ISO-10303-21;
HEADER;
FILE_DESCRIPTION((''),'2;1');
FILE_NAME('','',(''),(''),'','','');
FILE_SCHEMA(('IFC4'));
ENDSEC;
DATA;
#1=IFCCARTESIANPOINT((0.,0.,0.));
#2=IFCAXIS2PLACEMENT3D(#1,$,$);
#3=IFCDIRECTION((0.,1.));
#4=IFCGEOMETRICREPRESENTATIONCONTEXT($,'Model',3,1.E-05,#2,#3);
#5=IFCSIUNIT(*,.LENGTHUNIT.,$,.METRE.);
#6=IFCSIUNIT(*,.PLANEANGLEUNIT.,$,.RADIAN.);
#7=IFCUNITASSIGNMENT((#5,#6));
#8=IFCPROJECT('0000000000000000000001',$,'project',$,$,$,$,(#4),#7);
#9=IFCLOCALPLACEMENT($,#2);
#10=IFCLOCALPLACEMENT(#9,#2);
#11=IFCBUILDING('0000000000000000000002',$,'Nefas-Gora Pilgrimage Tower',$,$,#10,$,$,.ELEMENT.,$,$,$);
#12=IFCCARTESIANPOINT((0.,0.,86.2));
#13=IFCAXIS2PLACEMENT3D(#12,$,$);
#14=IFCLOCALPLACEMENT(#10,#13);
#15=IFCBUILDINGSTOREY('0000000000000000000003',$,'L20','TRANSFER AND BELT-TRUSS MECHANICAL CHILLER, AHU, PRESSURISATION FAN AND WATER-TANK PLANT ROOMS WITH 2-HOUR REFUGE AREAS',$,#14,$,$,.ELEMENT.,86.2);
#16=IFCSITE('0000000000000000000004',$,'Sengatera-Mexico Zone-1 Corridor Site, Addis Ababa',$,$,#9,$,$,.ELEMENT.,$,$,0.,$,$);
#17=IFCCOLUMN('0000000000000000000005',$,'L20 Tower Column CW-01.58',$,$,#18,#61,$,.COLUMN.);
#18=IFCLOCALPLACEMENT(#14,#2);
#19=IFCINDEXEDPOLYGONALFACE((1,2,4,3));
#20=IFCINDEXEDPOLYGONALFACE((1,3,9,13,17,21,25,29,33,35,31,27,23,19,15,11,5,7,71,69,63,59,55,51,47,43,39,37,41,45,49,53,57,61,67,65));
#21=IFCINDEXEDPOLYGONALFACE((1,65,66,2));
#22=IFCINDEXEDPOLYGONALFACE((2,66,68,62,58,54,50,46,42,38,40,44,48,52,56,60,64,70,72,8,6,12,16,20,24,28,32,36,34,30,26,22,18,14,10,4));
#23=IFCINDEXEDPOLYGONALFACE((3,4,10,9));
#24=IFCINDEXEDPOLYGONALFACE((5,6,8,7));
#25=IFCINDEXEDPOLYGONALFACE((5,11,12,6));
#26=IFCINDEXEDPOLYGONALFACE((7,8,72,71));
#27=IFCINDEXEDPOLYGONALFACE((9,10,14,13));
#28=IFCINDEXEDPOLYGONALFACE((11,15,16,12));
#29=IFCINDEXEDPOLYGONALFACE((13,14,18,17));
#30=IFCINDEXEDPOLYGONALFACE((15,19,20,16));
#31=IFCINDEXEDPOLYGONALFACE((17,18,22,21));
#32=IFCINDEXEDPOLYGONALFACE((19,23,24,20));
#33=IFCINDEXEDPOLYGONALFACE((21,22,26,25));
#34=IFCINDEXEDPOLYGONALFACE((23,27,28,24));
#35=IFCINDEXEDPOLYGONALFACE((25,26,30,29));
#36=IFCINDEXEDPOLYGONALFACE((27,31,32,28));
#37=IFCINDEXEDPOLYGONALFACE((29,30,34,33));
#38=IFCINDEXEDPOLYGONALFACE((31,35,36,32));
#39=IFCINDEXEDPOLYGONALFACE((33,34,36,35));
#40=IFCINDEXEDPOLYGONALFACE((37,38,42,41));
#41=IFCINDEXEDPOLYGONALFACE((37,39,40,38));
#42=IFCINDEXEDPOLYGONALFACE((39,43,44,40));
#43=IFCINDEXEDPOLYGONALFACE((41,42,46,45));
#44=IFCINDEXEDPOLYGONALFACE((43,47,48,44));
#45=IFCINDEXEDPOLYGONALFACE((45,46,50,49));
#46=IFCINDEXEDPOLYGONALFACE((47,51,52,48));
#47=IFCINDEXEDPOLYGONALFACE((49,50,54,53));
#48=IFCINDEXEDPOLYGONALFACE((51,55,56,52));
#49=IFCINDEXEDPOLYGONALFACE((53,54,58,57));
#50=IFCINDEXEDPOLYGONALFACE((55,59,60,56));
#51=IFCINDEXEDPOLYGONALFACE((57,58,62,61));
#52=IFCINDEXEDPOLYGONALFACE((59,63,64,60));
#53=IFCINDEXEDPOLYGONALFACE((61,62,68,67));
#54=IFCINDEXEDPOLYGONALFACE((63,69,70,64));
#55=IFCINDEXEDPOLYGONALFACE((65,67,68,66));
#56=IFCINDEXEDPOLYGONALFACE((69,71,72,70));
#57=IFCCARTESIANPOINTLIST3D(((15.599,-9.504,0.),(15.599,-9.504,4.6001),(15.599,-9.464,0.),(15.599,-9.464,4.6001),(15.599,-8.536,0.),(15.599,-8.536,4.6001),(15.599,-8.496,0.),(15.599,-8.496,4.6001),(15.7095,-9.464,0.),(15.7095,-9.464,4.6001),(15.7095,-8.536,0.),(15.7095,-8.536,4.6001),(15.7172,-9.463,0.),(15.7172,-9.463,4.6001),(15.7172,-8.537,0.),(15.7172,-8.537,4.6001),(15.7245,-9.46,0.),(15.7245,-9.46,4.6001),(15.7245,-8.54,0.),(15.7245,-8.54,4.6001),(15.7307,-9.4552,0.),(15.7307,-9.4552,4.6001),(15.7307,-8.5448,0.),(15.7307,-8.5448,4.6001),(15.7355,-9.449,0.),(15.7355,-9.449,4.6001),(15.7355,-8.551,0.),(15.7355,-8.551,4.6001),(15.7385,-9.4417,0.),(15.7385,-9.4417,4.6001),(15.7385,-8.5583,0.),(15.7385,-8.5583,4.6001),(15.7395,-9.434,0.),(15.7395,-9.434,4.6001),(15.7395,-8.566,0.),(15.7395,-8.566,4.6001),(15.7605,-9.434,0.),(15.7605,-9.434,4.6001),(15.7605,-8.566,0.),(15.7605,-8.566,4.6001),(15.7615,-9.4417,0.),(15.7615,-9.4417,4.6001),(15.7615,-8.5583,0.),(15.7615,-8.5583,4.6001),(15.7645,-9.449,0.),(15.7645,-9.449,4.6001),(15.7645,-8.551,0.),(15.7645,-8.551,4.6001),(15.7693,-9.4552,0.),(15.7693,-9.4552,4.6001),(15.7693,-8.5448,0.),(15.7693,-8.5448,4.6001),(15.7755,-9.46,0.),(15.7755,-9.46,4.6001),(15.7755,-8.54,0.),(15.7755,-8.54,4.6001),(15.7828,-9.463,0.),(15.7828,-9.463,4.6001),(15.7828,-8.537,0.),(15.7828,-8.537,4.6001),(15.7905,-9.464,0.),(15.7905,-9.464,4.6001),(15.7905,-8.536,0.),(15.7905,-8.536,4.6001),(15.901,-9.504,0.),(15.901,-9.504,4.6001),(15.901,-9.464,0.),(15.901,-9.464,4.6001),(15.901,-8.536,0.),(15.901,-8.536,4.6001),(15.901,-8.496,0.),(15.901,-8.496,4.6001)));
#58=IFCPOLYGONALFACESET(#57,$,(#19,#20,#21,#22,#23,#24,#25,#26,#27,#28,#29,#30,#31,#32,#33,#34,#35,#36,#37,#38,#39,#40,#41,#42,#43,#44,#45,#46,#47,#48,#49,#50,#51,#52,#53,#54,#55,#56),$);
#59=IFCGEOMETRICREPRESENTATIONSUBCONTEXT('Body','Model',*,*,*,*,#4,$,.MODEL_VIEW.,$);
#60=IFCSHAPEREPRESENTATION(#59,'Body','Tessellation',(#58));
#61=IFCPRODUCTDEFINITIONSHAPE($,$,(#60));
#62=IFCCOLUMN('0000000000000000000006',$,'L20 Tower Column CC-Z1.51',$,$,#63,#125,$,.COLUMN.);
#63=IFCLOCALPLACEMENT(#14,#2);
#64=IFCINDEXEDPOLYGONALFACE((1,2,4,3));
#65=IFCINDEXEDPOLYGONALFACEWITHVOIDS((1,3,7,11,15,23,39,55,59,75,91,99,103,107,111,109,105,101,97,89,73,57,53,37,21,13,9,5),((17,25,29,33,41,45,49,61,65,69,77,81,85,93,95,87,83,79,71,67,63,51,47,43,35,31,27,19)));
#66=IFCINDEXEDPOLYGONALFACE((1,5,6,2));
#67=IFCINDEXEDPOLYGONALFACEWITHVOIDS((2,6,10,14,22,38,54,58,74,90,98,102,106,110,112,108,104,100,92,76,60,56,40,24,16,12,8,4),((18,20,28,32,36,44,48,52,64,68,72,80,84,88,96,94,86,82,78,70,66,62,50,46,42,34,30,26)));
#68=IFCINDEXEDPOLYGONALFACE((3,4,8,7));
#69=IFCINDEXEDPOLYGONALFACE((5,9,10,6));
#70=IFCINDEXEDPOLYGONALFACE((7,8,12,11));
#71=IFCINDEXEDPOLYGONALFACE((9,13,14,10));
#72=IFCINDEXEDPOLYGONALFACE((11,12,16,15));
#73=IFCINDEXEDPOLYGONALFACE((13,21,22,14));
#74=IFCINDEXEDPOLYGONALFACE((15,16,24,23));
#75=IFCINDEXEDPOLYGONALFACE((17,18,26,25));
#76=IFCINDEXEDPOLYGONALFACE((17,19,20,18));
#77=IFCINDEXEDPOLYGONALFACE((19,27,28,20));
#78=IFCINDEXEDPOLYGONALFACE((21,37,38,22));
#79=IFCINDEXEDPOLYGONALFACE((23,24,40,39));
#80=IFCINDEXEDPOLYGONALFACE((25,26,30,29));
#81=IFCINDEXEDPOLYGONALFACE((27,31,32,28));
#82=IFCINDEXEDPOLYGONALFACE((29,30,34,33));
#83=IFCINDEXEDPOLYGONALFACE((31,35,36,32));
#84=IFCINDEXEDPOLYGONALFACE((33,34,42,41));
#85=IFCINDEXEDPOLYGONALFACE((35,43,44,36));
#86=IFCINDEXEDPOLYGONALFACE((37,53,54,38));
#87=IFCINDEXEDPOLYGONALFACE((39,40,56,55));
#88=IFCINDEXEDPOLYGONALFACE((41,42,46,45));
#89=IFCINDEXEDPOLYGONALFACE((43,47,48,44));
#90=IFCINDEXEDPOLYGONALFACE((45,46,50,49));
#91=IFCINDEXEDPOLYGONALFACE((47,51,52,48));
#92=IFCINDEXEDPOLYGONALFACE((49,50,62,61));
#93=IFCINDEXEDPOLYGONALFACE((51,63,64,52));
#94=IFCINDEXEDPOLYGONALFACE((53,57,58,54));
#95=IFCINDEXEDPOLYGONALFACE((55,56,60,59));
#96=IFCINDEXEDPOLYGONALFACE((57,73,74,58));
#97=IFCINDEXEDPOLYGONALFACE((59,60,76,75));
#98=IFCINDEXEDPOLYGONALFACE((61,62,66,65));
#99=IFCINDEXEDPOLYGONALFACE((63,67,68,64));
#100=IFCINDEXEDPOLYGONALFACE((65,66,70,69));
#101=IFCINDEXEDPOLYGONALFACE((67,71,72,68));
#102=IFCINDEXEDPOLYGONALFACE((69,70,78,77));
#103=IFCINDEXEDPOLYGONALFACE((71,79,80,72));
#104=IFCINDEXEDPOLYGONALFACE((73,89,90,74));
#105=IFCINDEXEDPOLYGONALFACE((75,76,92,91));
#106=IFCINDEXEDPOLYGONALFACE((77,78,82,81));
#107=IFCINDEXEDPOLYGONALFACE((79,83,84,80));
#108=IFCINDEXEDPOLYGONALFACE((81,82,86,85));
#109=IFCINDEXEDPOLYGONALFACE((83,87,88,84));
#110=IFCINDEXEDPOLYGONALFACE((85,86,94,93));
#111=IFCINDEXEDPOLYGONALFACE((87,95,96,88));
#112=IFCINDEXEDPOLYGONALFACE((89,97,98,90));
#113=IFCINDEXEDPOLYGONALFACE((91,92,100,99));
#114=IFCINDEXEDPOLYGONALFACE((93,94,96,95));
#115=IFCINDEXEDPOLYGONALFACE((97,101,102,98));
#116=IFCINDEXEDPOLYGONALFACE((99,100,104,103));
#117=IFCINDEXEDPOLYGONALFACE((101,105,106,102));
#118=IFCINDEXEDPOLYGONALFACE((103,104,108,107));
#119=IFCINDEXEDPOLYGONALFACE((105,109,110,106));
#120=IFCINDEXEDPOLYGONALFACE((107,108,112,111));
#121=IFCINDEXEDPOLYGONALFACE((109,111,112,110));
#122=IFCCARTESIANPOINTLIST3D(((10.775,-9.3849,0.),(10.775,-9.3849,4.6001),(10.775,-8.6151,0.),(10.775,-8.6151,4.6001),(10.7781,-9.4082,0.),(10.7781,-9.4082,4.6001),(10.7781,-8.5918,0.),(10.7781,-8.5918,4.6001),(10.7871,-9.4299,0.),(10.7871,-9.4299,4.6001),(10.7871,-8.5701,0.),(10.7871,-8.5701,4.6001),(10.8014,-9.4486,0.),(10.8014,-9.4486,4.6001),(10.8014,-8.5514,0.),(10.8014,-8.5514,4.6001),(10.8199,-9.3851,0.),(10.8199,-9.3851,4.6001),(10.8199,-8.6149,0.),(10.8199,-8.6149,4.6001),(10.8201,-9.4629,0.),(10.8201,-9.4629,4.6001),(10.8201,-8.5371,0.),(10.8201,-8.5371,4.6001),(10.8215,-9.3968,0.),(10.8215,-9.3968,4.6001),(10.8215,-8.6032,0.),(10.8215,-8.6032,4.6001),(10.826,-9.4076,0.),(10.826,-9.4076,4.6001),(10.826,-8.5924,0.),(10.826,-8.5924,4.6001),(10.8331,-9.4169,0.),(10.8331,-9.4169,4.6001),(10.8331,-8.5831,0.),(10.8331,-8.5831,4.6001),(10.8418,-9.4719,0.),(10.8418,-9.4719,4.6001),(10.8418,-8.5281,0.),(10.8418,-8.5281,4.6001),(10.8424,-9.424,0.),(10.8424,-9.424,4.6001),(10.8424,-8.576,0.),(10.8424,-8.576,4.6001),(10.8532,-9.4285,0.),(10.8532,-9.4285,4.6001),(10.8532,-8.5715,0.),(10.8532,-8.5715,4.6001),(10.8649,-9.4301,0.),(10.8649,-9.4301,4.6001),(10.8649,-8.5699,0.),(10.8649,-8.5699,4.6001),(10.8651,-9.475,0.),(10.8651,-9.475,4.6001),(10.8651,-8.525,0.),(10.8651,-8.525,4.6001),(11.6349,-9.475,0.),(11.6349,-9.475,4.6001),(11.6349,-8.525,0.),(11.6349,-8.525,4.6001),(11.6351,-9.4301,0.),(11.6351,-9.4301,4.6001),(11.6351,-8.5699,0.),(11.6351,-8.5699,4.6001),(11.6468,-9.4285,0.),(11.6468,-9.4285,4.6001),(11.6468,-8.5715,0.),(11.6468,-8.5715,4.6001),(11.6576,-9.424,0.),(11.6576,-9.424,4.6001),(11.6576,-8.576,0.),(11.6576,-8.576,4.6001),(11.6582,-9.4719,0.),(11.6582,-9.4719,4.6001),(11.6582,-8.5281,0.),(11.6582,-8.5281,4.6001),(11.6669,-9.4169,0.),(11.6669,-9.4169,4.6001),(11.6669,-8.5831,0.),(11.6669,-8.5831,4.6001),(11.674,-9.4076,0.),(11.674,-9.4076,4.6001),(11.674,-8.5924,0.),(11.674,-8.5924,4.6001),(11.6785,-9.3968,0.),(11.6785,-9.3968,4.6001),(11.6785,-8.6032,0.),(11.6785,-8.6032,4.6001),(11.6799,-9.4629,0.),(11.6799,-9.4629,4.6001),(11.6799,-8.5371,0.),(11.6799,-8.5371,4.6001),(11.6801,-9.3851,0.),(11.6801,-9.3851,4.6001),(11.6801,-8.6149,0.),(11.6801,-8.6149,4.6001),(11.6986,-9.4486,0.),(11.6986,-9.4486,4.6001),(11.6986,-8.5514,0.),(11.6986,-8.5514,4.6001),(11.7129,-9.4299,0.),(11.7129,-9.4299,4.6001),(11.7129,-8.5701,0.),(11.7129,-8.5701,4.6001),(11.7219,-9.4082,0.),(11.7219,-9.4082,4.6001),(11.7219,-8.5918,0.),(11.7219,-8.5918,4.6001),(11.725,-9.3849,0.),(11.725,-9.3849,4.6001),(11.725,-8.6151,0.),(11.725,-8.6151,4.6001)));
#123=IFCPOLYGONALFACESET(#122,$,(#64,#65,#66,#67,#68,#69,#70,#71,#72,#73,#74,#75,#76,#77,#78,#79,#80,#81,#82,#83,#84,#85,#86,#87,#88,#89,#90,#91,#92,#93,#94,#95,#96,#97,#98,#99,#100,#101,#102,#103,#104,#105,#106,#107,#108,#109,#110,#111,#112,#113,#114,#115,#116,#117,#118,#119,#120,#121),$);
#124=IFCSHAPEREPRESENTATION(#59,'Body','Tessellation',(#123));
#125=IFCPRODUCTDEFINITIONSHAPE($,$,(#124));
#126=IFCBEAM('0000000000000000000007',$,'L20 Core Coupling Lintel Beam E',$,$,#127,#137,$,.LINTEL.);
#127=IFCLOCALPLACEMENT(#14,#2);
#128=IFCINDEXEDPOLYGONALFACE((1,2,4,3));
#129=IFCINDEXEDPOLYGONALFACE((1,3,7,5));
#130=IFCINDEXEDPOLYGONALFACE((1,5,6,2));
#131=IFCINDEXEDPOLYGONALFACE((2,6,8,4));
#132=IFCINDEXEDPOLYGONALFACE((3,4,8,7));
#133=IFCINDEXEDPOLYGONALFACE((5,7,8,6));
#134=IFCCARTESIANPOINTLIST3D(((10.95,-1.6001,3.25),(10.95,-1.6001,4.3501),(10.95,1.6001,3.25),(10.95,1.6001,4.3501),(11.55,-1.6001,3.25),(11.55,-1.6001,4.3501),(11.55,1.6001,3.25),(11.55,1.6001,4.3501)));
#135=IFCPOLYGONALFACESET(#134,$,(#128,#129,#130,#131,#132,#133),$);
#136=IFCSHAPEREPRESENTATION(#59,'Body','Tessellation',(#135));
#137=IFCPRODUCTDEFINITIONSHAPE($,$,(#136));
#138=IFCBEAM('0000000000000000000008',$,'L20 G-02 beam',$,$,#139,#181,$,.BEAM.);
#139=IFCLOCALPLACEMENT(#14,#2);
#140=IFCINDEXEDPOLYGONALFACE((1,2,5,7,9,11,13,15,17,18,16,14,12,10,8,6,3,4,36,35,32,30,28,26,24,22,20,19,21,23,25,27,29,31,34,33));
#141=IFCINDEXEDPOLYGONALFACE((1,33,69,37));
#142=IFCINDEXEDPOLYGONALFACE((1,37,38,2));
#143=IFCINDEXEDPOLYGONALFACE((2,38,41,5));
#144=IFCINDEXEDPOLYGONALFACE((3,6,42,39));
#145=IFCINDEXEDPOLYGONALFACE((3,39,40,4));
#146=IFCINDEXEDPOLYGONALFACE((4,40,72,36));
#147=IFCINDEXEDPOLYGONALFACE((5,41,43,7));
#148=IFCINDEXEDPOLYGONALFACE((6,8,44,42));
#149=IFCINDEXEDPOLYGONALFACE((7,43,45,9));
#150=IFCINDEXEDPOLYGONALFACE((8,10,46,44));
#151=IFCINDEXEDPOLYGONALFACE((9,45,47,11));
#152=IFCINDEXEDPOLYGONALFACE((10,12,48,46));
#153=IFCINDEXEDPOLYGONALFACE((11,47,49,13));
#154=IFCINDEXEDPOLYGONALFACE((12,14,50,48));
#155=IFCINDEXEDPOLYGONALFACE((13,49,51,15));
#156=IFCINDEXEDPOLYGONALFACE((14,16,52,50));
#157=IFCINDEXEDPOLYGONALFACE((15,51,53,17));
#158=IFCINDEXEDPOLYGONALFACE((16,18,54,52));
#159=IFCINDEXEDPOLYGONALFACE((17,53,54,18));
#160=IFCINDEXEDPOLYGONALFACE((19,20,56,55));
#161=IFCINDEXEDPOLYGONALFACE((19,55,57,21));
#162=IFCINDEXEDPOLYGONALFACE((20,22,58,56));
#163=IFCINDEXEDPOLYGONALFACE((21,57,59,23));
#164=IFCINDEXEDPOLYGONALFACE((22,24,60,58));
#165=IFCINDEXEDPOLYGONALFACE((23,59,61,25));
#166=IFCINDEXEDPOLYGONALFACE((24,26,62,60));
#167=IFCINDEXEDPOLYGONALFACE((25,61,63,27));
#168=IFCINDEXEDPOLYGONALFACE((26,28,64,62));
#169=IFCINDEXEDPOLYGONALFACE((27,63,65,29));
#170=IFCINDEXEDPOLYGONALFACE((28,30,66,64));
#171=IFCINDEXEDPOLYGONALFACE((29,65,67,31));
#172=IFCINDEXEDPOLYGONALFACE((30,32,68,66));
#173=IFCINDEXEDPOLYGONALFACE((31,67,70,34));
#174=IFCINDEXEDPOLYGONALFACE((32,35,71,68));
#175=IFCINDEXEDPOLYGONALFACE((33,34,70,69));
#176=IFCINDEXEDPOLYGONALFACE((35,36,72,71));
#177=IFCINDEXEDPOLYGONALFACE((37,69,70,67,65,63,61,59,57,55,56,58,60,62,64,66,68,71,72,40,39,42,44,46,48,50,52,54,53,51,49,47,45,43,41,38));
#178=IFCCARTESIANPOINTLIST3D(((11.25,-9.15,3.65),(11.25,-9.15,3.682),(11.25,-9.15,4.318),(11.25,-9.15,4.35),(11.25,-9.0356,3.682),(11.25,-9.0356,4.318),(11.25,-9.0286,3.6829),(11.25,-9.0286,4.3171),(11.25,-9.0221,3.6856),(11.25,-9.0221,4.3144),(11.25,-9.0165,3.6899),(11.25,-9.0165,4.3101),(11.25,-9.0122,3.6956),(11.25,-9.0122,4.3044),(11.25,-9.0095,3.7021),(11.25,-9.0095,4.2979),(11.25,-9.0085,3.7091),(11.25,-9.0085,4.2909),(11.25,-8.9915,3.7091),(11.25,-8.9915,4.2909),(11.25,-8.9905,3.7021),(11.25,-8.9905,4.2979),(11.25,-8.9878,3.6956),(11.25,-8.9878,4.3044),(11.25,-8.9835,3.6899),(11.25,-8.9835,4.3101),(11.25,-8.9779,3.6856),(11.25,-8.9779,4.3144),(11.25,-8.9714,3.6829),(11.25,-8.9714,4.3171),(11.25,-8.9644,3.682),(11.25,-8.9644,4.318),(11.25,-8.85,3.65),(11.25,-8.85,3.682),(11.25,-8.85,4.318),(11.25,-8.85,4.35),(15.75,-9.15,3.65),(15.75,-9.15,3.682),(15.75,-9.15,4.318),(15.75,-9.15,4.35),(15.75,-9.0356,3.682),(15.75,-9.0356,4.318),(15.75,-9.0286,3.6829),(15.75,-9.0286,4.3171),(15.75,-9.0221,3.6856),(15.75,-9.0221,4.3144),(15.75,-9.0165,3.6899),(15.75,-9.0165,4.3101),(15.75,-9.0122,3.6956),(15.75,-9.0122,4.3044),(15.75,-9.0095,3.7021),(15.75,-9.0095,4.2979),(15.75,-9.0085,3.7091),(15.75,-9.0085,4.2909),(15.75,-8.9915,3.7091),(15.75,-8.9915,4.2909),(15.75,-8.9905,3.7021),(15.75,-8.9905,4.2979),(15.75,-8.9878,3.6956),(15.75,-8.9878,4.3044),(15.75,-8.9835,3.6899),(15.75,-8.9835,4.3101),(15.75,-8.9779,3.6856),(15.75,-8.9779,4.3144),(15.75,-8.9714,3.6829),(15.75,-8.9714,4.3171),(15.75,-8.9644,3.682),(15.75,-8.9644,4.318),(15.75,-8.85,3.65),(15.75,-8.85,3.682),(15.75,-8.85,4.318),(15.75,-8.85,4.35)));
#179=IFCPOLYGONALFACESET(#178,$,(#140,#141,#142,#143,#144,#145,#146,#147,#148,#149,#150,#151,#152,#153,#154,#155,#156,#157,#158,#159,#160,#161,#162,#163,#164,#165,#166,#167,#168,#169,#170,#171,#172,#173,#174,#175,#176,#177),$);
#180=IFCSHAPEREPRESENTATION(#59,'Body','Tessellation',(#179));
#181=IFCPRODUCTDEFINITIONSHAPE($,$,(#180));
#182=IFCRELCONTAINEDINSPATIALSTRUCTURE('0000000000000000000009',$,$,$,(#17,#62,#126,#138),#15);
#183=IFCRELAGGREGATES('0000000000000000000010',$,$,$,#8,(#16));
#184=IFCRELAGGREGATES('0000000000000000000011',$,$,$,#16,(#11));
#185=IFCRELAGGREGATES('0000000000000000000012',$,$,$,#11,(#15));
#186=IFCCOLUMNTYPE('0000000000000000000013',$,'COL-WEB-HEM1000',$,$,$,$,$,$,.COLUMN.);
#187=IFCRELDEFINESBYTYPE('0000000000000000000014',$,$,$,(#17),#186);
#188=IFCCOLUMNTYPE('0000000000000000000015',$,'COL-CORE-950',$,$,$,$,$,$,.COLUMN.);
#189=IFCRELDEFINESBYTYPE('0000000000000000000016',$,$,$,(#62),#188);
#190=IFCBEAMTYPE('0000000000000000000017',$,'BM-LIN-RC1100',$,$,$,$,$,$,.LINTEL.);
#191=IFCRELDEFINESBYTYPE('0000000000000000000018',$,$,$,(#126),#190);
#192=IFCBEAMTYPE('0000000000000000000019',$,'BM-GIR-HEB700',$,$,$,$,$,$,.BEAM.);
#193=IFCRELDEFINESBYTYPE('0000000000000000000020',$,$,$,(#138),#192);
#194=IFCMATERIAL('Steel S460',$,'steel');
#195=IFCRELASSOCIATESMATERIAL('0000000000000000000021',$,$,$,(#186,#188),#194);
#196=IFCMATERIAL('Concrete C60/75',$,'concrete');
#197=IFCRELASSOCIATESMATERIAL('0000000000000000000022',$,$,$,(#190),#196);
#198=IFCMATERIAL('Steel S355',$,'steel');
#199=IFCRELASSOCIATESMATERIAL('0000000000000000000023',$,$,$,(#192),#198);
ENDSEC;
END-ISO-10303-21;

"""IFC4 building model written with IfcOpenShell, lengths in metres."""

from ifc_helpers import new_model, si_unit, direction, frame, origin, origin_2d, place, context, subcontext, project, spatial, rectangle, hollow_rectangle, i_section, extrude, source, transform, mapped, material, material_profile, profile_set, type_object, element, save


model = new_model("IFC4")

# Units and contexts
model_context = context("Model", 3, precision=1e-05, world=origin(), true_north=direction((0.0, 1.0)))
body_context = subcontext(model_context, "Body", "Model", "MODEL_VIEW")
ifc_project = project(units=[si_unit("LENGTHUNIT", "METRE"), si_unit("PLANEANGLEUNIT", "RADIAN")], contexts=[model_context])

# Site, building, storey
site_placement = place(None, origin())
site = spatial("IfcSite", under=ifc_project, at=site_placement, Name="Sengatera-Mexico Zone-1 Corridor Site, Addis Ababa", CompositionType="ELEMENT", RefElevation=0.0)
building_placement = place(site_placement, origin())
building = spatial("IfcBuilding", under=site, at=building_placement, Name="Nefas-Gora Pilgrimage Tower", CompositionType="ELEMENT")
storey_placement = place(building_placement, frame((0.0, 0.0, 86.2)))
storey = spatial("IfcBuildingStorey", under=building, at=storey_placement, Name="L20", Description="TRANSFER AND BELT-TRUSS MECHANICAL CHILLER, AHU, PRESSURISATION FAN AND WATER-TANK PLANT ROOMS WITH 2-HOUR REFUGE AREAS", CompositionType="ELEMENT", Elevation=86.2)

# Columns
ifc_material_1 = material(Name="Steel S460", Category="steel")
ifc_material_profile_1 = material_profile(ifc_material_1, i_section(OverallWidth=0.302, OverallDepth=1.0081, WebThickness=0.021, FlangeThickness=0.04, FilletRadius=0.03, at=origin_2d()), Name="HEM 1000")
ifc_profile_set_1 = profile_set([ifc_material_profile_1], Name="Steel S460")
column_type_1 = type_object("IfcColumnType", Name="COL-WEB-HEM1000", PredefinedType="COLUMN", material=ifc_profile_set_1)
shared_shape_1 = source(origin(), body_context, "Body", "SweptSolid", [
    extrude(i_section(OverallWidth=0.302, OverallDepth=1.0081, WebThickness=0.021, FlangeThickness=0.04, FilletRadius=0.03, at=origin_2d()), origin(), (0.0, 0.0, 1.0), 4.6001),
])
column_1_placement = place(storey_placement, frame((15.75, -9.0, 0.0), z_axis=(0.0, 0.0, 1.0), x_axis=(1.0, 0.0, 0.0)))
element("IfcColumn", 1, at=column_1_placement, inside=storey, type_object=column_type_1, Name="L20 Tower Column CW-01.58", PredefinedType="COLUMN", context=body_context, shape_type="MappedRepresentation", body=[
    mapped(shared_shape_1, transform((0.0, 0.0, 0.0), x_axis=(1.0, 0.0, 0.0), y_axis=(0.0, 1.0, 0.0), z_axis=(0.0, 0.0, 1.0), scale=1.0)),
])
ifc_material_profile_2 = material_profile(ifc_material_1, hollow_rectangle(XDim=0.95, YDim=0.95, WallThickness=0.0449, InnerFilletRadius=0.0449, OuterFilletRadius=0.0901, at=origin_2d()), Name="BOX 950x950x45")
ifc_profile_set_2 = profile_set([ifc_material_profile_2], Name="Steel S460")
column_type_2 = type_object("IfcColumnType", Name="COL-CORE-950", PredefinedType="COLUMN", material=ifc_profile_set_2)
shared_shape_2 = source(origin(), body_context, "Body", "SweptSolid", [
    extrude(hollow_rectangle(XDim=0.95, YDim=0.95, WallThickness=0.0449, InnerFilletRadius=0.0449, OuterFilletRadius=0.0901, at=origin_2d()), origin(), (0.0, 0.0, 1.0), 4.6001),
])
column_2_placement = place(storey_placement, frame((11.25, -9.0, 0.0), z_axis=(0.0, 0.0, 1.0), x_axis=(1.0, 0.0, 0.0)))
element("IfcColumn", 2, at=column_2_placement, inside=storey, type_object=column_type_2, Name="L20 Tower Column CC-Z1.51", PredefinedType="COLUMN", context=body_context, shape_type="MappedRepresentation", body=[
    mapped(shared_shape_2, transform((0.0, 0.0, 0.0), x_axis=(1.0, 0.0, 0.0), y_axis=(0.0, 1.0, 0.0), z_axis=(0.0, 0.0, 1.0), scale=1.0)),
])

# Beams
ifc_material_2 = material(Name="Concrete C60/75", Category="concrete")
ifc_material_profile_3 = material_profile(ifc_material_2, rectangle(XDim=0.6001, YDim=1.1001, at=origin_2d()), Name="RC 600x1100")
ifc_profile_set_3 = profile_set([ifc_material_profile_3], Name="Concrete C60/75")
beam_type_1 = type_object("IfcBeamType", Name="BM-LIN-RC1100", PredefinedType="LINTEL", material=ifc_profile_set_3)
shared_shape_3 = source(origin(), body_context, "Body", "SweptSolid", [
    extrude(rectangle(XDim=0.6001, YDim=1.1001, at=origin_2d()), origin(), (0.0, 0.0, 1.0), 3.2002),
])
beam_1_placement = place(storey_placement, frame((11.25, -1.6001, 3.8), z_axis=(0.0, 1.0, 0.0), x_axis=(-1.0, 0.0, 0.0)))
element("IfcBeam", 3, at=beam_1_placement, inside=storey, type_object=beam_type_1, Name="L20 Core Coupling Lintel Beam E", PredefinedType="LINTEL", context=body_context, shape_type="MappedRepresentation", body=[
    mapped(shared_shape_3, transform((0.0, 0.0, 0.0), x_axis=(1.0, 0.0, 0.0), y_axis=(0.0, 1.0, 0.0), z_axis=(0.0, 0.0, 1.0), scale=1.0)),
])
ifc_material_3 = material(Name="Steel S355", Category="steel")
ifc_material_profile_4 = material_profile(ifc_material_3, i_section(OverallWidth=0.3, OverallDepth=0.7, WebThickness=0.0171, FlangeThickness=0.032, FilletRadius=0.0271, at=origin_2d()), Name="HEB 700")
ifc_profile_set_4 = profile_set([ifc_material_profile_4], Name="Steel S355")
beam_type_2 = type_object("IfcBeamType", Name="BM-GIR-HEB700", PredefinedType="BEAM", material=ifc_profile_set_4)
shared_shape_4 = source(origin(), body_context, "Body", "SweptSolid", [
    extrude(i_section(OverallWidth=0.3, OverallDepth=0.7, WebThickness=0.0171, FlangeThickness=0.032, FilletRadius=0.0271, at=origin_2d()), origin(), (0.0, 0.0, 1.0), 4.5),
])
beam_2_placement = place(storey_placement, frame((11.25, -9.0, 4.0), z_axis=(1.0, 0.0, 0.0), x_axis=(0.0, 1.0, 0.0)))
element("IfcBeam", 4, at=beam_2_placement, inside=storey, type_object=beam_type_2, Name="L20 G-02 beam", PredefinedType="BEAM", context=body_context, shape_type="MappedRepresentation", body=[
    mapped(shared_shape_4, transform((0.0, 0.0, 0.0), x_axis=(1.0, 0.0, 0.0), y_axis=(0.0, 1.0, 0.0), z_axis=(0.0, 0.0, 1.0), scale=1.0)),
])

save(model, "model.ifc")
